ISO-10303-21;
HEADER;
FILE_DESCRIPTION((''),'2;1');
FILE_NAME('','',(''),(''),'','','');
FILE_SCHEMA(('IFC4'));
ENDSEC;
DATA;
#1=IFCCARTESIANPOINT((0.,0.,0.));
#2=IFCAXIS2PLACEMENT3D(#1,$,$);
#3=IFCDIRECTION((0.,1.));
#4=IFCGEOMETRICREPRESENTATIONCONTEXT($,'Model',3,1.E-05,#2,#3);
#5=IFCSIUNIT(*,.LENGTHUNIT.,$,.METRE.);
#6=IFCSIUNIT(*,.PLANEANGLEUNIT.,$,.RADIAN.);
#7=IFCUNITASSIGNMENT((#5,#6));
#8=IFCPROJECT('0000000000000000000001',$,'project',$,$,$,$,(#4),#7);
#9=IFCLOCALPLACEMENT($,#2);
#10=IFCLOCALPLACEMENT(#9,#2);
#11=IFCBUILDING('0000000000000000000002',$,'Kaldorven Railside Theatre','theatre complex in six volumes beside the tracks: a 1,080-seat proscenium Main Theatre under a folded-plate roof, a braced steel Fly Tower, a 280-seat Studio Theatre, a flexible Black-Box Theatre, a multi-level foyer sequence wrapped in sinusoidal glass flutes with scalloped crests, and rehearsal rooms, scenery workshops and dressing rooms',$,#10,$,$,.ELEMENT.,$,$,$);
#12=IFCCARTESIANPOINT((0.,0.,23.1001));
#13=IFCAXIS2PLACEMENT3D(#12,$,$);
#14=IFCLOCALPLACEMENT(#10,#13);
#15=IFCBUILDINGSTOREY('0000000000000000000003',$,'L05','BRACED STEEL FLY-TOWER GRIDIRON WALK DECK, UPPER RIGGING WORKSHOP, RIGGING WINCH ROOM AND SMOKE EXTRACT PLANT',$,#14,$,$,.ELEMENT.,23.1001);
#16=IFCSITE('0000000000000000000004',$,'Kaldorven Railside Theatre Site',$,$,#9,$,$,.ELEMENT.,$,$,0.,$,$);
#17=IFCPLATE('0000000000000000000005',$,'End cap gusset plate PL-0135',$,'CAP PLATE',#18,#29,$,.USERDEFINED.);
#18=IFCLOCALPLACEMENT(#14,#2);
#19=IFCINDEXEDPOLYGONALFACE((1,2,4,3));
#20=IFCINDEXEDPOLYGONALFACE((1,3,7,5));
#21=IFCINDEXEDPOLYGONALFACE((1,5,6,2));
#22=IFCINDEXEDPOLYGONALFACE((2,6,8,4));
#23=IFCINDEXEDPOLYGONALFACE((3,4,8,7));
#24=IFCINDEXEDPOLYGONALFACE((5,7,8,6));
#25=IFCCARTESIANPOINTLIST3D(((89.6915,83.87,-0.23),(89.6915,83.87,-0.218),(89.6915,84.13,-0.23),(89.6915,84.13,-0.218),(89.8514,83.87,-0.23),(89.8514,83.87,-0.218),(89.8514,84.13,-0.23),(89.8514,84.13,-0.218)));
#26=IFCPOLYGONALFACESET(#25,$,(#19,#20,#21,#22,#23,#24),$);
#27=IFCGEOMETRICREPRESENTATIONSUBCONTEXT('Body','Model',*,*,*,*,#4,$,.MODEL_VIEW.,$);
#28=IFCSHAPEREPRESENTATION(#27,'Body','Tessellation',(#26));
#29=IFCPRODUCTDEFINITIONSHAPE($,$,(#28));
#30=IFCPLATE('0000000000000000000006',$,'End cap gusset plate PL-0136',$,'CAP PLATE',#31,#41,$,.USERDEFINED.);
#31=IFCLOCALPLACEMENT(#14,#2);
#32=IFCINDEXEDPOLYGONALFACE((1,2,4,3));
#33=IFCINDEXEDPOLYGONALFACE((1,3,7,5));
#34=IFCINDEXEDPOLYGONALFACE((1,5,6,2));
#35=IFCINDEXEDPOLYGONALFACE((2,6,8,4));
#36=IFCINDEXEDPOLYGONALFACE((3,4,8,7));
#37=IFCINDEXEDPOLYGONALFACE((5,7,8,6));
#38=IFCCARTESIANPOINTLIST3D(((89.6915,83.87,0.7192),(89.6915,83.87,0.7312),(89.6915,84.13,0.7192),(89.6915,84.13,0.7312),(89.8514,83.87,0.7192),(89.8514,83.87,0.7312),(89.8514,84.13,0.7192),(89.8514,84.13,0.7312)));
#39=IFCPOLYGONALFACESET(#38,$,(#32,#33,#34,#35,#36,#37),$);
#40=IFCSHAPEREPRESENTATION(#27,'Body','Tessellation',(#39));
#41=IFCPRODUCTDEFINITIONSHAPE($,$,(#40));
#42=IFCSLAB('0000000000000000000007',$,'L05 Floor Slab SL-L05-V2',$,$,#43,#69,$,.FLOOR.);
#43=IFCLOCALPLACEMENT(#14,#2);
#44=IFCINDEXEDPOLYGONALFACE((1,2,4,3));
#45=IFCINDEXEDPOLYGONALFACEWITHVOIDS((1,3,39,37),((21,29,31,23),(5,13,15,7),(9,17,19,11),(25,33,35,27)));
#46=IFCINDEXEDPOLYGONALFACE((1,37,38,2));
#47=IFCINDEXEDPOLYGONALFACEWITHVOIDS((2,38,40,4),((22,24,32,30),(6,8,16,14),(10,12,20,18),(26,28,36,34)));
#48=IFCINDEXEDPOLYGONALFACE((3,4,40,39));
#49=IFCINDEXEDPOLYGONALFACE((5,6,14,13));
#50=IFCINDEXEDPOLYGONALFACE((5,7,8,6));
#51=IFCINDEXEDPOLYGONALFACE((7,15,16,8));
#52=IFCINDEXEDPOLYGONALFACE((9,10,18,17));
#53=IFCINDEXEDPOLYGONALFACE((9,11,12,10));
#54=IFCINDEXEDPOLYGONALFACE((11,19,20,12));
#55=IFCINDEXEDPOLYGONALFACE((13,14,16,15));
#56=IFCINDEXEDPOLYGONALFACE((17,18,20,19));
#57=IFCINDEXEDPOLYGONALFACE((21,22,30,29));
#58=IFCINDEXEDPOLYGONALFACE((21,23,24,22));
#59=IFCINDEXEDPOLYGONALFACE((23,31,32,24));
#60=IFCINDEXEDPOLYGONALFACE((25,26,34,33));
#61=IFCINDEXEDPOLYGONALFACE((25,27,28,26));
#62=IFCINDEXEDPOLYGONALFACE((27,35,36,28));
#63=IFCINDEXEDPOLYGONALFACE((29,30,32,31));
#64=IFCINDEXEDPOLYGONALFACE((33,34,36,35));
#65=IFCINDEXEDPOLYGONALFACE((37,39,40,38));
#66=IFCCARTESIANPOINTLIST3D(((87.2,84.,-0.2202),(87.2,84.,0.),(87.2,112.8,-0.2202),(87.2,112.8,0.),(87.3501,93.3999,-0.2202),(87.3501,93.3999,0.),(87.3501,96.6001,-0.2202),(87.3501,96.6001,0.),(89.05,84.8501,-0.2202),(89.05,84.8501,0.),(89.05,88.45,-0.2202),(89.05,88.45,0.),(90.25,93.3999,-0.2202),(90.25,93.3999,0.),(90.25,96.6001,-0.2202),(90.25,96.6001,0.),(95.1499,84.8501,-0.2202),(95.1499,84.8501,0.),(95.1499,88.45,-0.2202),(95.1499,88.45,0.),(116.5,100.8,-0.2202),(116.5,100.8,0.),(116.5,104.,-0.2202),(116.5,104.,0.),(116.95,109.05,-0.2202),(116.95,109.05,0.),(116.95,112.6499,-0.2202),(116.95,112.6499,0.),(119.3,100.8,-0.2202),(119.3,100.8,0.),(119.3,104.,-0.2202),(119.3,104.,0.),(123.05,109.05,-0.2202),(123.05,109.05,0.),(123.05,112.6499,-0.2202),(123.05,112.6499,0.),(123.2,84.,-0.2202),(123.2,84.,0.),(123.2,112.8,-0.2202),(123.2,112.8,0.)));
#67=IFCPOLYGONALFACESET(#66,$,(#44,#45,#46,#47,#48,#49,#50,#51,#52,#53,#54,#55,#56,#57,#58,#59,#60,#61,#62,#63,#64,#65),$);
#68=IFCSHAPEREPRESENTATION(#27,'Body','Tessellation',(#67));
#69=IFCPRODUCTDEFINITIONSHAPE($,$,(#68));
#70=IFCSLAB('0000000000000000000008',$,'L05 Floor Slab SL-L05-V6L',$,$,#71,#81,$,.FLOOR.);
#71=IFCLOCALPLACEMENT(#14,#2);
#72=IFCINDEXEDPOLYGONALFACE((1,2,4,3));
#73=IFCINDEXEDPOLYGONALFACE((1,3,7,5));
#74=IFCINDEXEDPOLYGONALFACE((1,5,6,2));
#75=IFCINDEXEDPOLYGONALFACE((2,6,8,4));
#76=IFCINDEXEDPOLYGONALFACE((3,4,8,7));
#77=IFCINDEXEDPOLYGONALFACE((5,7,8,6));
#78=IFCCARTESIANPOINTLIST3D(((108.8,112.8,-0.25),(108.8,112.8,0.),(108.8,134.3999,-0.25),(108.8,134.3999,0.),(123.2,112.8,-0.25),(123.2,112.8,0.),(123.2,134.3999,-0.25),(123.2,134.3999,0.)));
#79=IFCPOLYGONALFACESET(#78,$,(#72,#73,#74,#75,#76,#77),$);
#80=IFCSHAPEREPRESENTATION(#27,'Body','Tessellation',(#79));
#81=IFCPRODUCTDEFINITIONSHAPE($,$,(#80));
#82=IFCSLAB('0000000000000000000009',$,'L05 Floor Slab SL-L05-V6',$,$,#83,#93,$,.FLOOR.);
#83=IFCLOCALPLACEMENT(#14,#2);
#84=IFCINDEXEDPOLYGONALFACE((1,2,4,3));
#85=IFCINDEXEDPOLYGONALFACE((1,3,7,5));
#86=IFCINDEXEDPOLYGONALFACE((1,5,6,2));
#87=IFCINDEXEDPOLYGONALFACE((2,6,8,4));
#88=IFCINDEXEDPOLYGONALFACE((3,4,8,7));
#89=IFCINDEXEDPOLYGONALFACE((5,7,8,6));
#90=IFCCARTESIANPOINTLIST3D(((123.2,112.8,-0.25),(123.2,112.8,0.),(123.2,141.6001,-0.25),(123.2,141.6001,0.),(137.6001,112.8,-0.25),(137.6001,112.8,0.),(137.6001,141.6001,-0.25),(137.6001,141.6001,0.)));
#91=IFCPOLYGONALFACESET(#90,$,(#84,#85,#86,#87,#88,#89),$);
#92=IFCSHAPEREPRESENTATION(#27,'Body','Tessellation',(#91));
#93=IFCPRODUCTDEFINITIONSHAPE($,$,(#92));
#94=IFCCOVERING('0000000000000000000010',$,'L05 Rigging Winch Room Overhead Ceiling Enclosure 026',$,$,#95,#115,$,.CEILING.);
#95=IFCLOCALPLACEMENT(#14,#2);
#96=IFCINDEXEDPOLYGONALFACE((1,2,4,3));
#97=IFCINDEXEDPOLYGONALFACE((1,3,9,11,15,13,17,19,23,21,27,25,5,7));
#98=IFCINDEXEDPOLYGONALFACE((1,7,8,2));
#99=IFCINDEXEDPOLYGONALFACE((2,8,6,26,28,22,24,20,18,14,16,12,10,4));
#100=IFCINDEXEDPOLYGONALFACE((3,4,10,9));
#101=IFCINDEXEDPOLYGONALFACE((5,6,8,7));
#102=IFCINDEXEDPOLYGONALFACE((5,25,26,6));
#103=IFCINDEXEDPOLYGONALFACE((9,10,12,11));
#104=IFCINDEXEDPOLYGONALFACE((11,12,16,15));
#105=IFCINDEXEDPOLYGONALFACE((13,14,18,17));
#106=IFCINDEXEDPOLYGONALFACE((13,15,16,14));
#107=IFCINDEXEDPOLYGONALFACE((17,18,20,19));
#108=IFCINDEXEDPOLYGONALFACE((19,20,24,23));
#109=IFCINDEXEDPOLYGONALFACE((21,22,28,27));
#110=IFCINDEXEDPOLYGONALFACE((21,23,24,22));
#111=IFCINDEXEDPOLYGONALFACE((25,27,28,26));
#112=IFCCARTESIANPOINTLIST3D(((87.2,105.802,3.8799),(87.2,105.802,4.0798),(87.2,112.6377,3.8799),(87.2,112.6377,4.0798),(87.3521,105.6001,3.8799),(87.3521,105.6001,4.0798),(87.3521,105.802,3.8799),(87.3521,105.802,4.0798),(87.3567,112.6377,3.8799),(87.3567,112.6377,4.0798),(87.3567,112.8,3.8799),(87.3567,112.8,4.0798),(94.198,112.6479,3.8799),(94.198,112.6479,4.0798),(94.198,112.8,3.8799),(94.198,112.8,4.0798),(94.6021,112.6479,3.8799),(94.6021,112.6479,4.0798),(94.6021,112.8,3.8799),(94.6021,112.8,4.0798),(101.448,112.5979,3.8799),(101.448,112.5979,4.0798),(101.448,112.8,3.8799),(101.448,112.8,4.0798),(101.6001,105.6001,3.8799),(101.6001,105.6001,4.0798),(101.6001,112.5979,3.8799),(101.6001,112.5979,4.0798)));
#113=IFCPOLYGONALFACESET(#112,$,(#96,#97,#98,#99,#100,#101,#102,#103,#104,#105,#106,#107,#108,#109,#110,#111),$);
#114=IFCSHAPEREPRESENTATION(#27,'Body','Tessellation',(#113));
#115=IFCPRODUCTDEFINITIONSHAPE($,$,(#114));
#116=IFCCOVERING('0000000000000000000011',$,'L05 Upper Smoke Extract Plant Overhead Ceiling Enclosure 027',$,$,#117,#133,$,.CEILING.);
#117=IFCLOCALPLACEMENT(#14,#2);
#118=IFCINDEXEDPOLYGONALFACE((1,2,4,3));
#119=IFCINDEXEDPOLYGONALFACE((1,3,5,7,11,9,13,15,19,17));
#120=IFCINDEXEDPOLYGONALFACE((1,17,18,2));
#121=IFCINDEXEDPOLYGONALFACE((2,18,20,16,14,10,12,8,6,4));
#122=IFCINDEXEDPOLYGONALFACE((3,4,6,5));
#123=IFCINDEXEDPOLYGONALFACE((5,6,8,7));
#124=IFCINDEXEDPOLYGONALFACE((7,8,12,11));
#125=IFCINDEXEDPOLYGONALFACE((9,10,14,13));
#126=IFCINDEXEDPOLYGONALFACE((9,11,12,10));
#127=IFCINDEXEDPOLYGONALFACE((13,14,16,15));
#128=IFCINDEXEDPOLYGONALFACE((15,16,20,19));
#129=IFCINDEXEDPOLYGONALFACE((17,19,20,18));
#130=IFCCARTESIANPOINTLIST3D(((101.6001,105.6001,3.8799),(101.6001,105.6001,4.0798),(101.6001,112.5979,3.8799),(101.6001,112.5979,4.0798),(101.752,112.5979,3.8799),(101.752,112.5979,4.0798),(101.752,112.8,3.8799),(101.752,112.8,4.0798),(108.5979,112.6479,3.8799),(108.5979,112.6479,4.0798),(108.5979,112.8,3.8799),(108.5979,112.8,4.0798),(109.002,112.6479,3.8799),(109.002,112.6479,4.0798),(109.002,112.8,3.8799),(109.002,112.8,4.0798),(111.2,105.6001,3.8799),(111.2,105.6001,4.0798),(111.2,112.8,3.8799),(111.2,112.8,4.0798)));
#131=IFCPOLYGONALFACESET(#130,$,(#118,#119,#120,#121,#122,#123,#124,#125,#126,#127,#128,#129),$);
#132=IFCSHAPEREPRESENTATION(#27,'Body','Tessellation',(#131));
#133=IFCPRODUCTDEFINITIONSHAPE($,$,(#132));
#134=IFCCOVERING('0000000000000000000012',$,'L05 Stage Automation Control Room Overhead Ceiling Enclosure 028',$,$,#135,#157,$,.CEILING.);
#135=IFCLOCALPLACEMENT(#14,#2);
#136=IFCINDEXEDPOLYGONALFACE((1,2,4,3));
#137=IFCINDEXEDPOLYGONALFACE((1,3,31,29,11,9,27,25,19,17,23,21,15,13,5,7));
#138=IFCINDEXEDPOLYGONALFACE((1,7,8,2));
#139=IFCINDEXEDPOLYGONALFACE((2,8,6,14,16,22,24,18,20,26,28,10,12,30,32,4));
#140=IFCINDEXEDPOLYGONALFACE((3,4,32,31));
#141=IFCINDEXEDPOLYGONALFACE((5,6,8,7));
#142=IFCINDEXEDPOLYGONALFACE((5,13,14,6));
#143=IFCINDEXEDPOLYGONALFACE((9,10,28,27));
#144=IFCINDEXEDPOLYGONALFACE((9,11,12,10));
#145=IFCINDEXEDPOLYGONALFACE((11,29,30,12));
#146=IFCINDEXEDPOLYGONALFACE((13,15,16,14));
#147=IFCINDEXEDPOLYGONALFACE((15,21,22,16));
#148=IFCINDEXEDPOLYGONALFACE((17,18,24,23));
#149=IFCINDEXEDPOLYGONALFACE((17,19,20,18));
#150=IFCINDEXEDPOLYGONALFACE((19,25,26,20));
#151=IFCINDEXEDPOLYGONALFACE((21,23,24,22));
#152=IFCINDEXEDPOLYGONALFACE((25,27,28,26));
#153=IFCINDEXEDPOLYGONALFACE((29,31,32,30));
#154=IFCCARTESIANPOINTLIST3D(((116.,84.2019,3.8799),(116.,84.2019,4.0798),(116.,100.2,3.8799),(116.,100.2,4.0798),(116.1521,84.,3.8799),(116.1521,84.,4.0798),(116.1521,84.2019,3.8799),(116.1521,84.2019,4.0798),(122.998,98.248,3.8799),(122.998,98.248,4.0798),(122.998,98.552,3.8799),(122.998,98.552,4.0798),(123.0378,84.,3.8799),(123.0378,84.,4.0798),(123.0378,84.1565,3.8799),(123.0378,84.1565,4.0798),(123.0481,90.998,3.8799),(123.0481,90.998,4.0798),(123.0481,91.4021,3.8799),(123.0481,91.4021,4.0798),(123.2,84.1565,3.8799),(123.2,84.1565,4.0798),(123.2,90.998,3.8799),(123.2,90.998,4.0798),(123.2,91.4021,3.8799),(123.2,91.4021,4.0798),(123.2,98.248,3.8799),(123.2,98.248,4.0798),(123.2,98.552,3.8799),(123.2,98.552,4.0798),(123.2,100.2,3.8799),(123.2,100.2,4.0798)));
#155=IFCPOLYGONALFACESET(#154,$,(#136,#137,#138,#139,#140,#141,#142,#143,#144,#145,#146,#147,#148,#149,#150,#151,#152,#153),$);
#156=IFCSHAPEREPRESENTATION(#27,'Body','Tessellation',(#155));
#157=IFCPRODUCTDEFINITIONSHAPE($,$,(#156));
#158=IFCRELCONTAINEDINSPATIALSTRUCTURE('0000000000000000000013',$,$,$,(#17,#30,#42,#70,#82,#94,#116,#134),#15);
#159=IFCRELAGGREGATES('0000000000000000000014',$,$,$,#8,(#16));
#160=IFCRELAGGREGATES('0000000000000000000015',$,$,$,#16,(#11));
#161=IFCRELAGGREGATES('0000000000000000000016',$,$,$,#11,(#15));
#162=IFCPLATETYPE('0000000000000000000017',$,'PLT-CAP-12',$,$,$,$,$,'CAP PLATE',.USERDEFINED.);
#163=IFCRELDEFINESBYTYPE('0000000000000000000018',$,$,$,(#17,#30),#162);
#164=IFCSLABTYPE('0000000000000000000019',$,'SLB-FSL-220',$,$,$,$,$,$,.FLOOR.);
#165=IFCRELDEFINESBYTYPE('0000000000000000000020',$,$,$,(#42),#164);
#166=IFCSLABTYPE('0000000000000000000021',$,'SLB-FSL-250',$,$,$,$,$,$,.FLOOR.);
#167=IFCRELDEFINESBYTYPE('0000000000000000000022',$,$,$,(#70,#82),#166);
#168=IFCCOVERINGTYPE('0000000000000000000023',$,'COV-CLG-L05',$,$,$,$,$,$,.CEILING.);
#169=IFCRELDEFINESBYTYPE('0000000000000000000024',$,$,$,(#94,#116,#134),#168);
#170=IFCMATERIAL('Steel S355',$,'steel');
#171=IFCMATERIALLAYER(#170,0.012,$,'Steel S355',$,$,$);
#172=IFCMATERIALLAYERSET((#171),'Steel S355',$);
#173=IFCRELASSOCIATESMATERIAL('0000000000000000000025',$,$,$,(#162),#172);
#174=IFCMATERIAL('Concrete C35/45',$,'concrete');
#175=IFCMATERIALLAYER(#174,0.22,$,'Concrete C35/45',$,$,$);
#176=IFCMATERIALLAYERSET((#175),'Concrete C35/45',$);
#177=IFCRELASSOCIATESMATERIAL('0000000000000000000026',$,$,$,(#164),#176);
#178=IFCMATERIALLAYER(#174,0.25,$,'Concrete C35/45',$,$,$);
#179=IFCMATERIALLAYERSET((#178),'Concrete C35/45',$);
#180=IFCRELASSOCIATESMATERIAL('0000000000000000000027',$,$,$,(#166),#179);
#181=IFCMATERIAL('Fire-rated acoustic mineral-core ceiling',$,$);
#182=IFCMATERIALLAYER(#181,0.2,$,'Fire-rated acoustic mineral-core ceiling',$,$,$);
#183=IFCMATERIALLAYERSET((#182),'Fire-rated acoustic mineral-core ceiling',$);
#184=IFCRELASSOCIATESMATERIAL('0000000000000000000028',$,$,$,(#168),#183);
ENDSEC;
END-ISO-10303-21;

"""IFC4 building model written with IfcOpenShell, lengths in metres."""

from ifc_helpers import new_model, si_unit, direction, frame, origin, origin_2d, place, context, subcontext, project, spatial, polyline, rectangle, outline, extrude, material, layer, layer_set, type_object, element, save


model = new_model("IFC4")

# Units and contexts
model_context = context("Model", 3, precision=1e-05, world=origin(), true_north=direction((0.0, 1.0)))
body_context = subcontext(model_context, "Body", "Model", "MODEL_VIEW")
ifc_project = project(units=[si_unit("LENGTHUNIT", "METRE"), si_unit("PLANEANGLEUNIT", "RADIAN")], contexts=[model_context])

# Site, building, storey
site_placement = place(None, origin())
site = spatial("IfcSite", under=ifc_project, at=site_placement, Name="Kaldorven Railside Theatre Site", CompositionType="ELEMENT", RefElevation=0.0)
building_placement = place(site_placement, origin())
building = spatial("IfcBuilding", under=site, at=building_placement, Name="Kaldorven Railside Theatre", Description="theatre complex in six volumes beside the tracks: a 1,080-seat proscenium Main Theatre under a folded-plate roof, a braced steel Fly Tower, a 280-seat Studio Theatre, a flexible Black-Box Theatre, a multi-level foyer sequence wrapped in sinusoidal glass flutes with scalloped crests, and rehearsal rooms, scenery workshops and dressing rooms", CompositionType="ELEMENT")
storey_placement = place(building_placement, frame((0.0, 0.0, 23.1001)))
storey = spatial("IfcBuildingStorey", under=building, at=storey_placement, Name="L05", Description="BRACED STEEL FLY-TOWER GRIDIRON WALK DECK, UPPER RIGGING WORKSHOP, RIGGING WINCH ROOM AND SMOKE EXTRACT PLANT", CompositionType="ELEMENT", Elevation=23.1001)

# Shared definitions
ifc_material_1 = material(Name="Steel S355", Category="steel")

# Plates
ifc_layer_1 = layer(ifc_material_1, 0.012, Name="Steel S355")
ifc_layer_set_1 = layer_set([ifc_layer_1], Name="Steel S355")
plate_type_1 = type_object("IfcPlateType", Name="PLT-CAP-12", ElementType="CAP PLATE", PredefinedType="USERDEFINED", material=ifc_layer_set_1)
for number, where, z_axis, x_axis, name in (
    (1, (89.7715, 84.0, -0.23), (0.0, 0.0, 1.0), (1.0, 0.0, 0.0), "End cap gusset plate PL-0135"),
    (2, (89.7715, 84.0, 0.7192), (0.0, 0.0, 1.0), (1.0, 0.0, 0.0), "End cap gusset plate PL-0136"),
):
    element("IfcPlate", number, at=place(storey_placement, frame(where, z_axis=z_axis, x_axis=x_axis)), inside=storey, type_object=plate_type_1, Name=name, ObjectType="CAP PLATE", PredefinedType="USERDEFINED", context=body_context, shape_type="SweptSolid", body=[
        extrude(rectangle(XDim=0.1599, YDim=0.26, at=origin_2d()), origin(), (0.0, 0.0, 1.0), 0.012),
    ])

# Slabs
ifc_material_2 = material(Name="Concrete C35/45", Category="concrete")
ifc_layer_2 = layer(ifc_material_2, 0.22, Name="Concrete C35/45")
ifc_layer_set_2 = layer_set([ifc_layer_2], Name="Concrete C35/45")
slab_type_1 = type_object("IfcSlabType", Name="SLB-FSL-220", PredefinedType="FLOOR", material=ifc_layer_set_2)
slab_1_placement = place(storey_placement, frame((0.0, 0.0, -0.2202)))
element("IfcSlab", 3, at=slab_1_placement, inside=storey, type_object=slab_type_1, Name="L05 Floor Slab SL-L05-V2", PredefinedType="FLOOR", context=body_context, shape_type="SweptSolid", body=[
    extrude(outline(polyline([(87.2, 84.0), (123.2, 84.0), (123.2, 112.8), (87.2, 112.8), (87.2, 84.0)]), holes=[polyline([(89.05, 84.8501), (95.1499, 84.8501), (95.1499, 88.45), (89.05, 88.45), (89.05, 84.8501)]), polyline([(116.95, 109.05), (123.05, 109.05), (123.05, 112.6499), (116.95, 112.6499), (116.95, 109.05)]), polyline([(90.25, 93.3999), (90.25, 96.6001), (87.3501, 96.6001), (87.3501, 93.3999), (90.25, 93.3999)]), polyline([(119.3, 100.8), (119.3, 104.0), (116.5, 104.0), (116.5, 100.8), (119.3, 100.8)])]), origin(), (0.0, 0.0, 1.0), 0.2202),
])
ifc_layer_3 = layer(ifc_material_2, 0.25, Name="Concrete C35/45")
ifc_layer_set_3 = layer_set([ifc_layer_3], Name="Concrete C35/45")
slab_type_2 = type_object("IfcSlabType", Name="SLB-FSL-250", PredefinedType="FLOOR", material=ifc_layer_set_3)
slab_2_placement = place(storey_placement, frame((0.0, 0.0, -0.25)))
element("IfcSlab", 4, at=slab_2_placement, inside=storey, type_object=slab_type_2, Name="L05 Floor Slab SL-L05-V6L", PredefinedType="FLOOR", context=body_context, shape_type="SweptSolid", body=[
    extrude(outline(polyline([(108.8, 112.8), (123.2, 112.8), (123.2, 134.3999), (108.8, 134.3999), (108.8, 112.8)])), origin(), (0.0, 0.0, 1.0), 0.25),
])
slab_3_placement = place(storey_placement, frame((0.0, 0.0, -0.25)))
element("IfcSlab", 5, at=slab_3_placement, inside=storey, type_object=slab_type_2, Name="L05 Floor Slab SL-L05-V6", PredefinedType="FLOOR", context=body_context, shape_type="SweptSolid", body=[
    extrude(outline(polyline([(123.2, 112.8), (137.6001, 112.8), (137.6001, 141.6001), (123.2, 141.6001), (123.2, 112.8)])), origin(), (0.0, 0.0, 1.0), 0.25),
])

# Coverings
ifc_material_3 = material(Name="Fire-rated acoustic mineral-core ceiling")
ifc_layer_4 = layer(ifc_material_3, 0.2, Name="Fire-rated acoustic mineral-core ceiling")
ifc_layer_set_4 = layer_set([ifc_layer_4], Name="Fire-rated acoustic mineral-core ceiling")
covering_type = type_object("IfcCoveringType", Name="COV-CLG-L05", PredefinedType="CEILING", material=ifc_layer_set_4)
covering_1_placement = place(storey_placement, frame((0.0, 0.0, 3.8799)))
element("IfcCovering", 6, at=covering_1_placement, inside=storey, type_object=covering_type, Name="L05 Rigging Winch Room Overhead Ceiling Enclosure 026", PredefinedType="CEILING", context=body_context, shape_type="SweptSolid", body=[
    extrude(outline(polyline([(101.6001, 105.6001), (87.3521, 105.6001), (87.3521, 105.802), (87.2, 105.802), (87.2, 112.6377), (87.3567, 112.6377), (87.3567, 112.8), (94.198, 112.8), (94.198, 112.6479), (94.6021, 112.6479), (94.6021, 112.8), (101.448, 112.8), (101.448, 112.5979), (101.6001, 112.5979), (101.6001, 105.6001)])), origin(), (0.0, 0.0, 1.0), 0.2),
])
covering_2_placement = place(storey_placement, frame((0.0, 0.0, 3.8799)))
element("IfcCovering", 7, at=covering_2_placement, inside=storey, type_object=covering_type, Name="L05 Upper Smoke Extract Plant Overhead Ceiling Enclosure 027", PredefinedType="CEILING", context=body_context, shape_type="SweptSolid", body=[
    extrude(outline(polyline([(111.2, 112.8), (111.2, 105.6001), (101.6001, 105.6001), (101.6001, 112.5979), (101.752, 112.5979), (101.752, 112.8), (108.5979, 112.8), (108.5979, 112.6479), (109.002, 112.6479), (109.002, 112.8), (111.2, 112.8)])), origin(), (0.0, 0.0, 1.0), 0.2),
])
covering_3_placement = place(storey_placement, frame((0.0, 0.0, 3.8799)))
element("IfcCovering", 8, at=covering_3_placement, inside=storey, type_object=covering_type, Name="L05 Stage Automation Control Room Overhead Ceiling Enclosure 028", PredefinedType="CEILING", context=body_context, shape_type="SweptSolid", body=[
    extrude(outline(polyline([(123.2, 84.1565), (123.0378, 84.1565), (123.0378, 84.0), (116.1521, 84.0), (116.1521, 84.2019), (116.0, 84.2019), (116.0, 100.2), (123.2, 100.2), (123.2, 98.552), (122.998, 98.552), (122.998, 98.248), (123.2, 98.248), (123.2, 91.4021), (123.0481, 91.4021), (123.0481, 90.998), (123.2, 90.998), (123.2, 84.1565)])), origin(), (0.0, 0.0, 1.0), 0.2),
])

save(model, "model.ifc")
